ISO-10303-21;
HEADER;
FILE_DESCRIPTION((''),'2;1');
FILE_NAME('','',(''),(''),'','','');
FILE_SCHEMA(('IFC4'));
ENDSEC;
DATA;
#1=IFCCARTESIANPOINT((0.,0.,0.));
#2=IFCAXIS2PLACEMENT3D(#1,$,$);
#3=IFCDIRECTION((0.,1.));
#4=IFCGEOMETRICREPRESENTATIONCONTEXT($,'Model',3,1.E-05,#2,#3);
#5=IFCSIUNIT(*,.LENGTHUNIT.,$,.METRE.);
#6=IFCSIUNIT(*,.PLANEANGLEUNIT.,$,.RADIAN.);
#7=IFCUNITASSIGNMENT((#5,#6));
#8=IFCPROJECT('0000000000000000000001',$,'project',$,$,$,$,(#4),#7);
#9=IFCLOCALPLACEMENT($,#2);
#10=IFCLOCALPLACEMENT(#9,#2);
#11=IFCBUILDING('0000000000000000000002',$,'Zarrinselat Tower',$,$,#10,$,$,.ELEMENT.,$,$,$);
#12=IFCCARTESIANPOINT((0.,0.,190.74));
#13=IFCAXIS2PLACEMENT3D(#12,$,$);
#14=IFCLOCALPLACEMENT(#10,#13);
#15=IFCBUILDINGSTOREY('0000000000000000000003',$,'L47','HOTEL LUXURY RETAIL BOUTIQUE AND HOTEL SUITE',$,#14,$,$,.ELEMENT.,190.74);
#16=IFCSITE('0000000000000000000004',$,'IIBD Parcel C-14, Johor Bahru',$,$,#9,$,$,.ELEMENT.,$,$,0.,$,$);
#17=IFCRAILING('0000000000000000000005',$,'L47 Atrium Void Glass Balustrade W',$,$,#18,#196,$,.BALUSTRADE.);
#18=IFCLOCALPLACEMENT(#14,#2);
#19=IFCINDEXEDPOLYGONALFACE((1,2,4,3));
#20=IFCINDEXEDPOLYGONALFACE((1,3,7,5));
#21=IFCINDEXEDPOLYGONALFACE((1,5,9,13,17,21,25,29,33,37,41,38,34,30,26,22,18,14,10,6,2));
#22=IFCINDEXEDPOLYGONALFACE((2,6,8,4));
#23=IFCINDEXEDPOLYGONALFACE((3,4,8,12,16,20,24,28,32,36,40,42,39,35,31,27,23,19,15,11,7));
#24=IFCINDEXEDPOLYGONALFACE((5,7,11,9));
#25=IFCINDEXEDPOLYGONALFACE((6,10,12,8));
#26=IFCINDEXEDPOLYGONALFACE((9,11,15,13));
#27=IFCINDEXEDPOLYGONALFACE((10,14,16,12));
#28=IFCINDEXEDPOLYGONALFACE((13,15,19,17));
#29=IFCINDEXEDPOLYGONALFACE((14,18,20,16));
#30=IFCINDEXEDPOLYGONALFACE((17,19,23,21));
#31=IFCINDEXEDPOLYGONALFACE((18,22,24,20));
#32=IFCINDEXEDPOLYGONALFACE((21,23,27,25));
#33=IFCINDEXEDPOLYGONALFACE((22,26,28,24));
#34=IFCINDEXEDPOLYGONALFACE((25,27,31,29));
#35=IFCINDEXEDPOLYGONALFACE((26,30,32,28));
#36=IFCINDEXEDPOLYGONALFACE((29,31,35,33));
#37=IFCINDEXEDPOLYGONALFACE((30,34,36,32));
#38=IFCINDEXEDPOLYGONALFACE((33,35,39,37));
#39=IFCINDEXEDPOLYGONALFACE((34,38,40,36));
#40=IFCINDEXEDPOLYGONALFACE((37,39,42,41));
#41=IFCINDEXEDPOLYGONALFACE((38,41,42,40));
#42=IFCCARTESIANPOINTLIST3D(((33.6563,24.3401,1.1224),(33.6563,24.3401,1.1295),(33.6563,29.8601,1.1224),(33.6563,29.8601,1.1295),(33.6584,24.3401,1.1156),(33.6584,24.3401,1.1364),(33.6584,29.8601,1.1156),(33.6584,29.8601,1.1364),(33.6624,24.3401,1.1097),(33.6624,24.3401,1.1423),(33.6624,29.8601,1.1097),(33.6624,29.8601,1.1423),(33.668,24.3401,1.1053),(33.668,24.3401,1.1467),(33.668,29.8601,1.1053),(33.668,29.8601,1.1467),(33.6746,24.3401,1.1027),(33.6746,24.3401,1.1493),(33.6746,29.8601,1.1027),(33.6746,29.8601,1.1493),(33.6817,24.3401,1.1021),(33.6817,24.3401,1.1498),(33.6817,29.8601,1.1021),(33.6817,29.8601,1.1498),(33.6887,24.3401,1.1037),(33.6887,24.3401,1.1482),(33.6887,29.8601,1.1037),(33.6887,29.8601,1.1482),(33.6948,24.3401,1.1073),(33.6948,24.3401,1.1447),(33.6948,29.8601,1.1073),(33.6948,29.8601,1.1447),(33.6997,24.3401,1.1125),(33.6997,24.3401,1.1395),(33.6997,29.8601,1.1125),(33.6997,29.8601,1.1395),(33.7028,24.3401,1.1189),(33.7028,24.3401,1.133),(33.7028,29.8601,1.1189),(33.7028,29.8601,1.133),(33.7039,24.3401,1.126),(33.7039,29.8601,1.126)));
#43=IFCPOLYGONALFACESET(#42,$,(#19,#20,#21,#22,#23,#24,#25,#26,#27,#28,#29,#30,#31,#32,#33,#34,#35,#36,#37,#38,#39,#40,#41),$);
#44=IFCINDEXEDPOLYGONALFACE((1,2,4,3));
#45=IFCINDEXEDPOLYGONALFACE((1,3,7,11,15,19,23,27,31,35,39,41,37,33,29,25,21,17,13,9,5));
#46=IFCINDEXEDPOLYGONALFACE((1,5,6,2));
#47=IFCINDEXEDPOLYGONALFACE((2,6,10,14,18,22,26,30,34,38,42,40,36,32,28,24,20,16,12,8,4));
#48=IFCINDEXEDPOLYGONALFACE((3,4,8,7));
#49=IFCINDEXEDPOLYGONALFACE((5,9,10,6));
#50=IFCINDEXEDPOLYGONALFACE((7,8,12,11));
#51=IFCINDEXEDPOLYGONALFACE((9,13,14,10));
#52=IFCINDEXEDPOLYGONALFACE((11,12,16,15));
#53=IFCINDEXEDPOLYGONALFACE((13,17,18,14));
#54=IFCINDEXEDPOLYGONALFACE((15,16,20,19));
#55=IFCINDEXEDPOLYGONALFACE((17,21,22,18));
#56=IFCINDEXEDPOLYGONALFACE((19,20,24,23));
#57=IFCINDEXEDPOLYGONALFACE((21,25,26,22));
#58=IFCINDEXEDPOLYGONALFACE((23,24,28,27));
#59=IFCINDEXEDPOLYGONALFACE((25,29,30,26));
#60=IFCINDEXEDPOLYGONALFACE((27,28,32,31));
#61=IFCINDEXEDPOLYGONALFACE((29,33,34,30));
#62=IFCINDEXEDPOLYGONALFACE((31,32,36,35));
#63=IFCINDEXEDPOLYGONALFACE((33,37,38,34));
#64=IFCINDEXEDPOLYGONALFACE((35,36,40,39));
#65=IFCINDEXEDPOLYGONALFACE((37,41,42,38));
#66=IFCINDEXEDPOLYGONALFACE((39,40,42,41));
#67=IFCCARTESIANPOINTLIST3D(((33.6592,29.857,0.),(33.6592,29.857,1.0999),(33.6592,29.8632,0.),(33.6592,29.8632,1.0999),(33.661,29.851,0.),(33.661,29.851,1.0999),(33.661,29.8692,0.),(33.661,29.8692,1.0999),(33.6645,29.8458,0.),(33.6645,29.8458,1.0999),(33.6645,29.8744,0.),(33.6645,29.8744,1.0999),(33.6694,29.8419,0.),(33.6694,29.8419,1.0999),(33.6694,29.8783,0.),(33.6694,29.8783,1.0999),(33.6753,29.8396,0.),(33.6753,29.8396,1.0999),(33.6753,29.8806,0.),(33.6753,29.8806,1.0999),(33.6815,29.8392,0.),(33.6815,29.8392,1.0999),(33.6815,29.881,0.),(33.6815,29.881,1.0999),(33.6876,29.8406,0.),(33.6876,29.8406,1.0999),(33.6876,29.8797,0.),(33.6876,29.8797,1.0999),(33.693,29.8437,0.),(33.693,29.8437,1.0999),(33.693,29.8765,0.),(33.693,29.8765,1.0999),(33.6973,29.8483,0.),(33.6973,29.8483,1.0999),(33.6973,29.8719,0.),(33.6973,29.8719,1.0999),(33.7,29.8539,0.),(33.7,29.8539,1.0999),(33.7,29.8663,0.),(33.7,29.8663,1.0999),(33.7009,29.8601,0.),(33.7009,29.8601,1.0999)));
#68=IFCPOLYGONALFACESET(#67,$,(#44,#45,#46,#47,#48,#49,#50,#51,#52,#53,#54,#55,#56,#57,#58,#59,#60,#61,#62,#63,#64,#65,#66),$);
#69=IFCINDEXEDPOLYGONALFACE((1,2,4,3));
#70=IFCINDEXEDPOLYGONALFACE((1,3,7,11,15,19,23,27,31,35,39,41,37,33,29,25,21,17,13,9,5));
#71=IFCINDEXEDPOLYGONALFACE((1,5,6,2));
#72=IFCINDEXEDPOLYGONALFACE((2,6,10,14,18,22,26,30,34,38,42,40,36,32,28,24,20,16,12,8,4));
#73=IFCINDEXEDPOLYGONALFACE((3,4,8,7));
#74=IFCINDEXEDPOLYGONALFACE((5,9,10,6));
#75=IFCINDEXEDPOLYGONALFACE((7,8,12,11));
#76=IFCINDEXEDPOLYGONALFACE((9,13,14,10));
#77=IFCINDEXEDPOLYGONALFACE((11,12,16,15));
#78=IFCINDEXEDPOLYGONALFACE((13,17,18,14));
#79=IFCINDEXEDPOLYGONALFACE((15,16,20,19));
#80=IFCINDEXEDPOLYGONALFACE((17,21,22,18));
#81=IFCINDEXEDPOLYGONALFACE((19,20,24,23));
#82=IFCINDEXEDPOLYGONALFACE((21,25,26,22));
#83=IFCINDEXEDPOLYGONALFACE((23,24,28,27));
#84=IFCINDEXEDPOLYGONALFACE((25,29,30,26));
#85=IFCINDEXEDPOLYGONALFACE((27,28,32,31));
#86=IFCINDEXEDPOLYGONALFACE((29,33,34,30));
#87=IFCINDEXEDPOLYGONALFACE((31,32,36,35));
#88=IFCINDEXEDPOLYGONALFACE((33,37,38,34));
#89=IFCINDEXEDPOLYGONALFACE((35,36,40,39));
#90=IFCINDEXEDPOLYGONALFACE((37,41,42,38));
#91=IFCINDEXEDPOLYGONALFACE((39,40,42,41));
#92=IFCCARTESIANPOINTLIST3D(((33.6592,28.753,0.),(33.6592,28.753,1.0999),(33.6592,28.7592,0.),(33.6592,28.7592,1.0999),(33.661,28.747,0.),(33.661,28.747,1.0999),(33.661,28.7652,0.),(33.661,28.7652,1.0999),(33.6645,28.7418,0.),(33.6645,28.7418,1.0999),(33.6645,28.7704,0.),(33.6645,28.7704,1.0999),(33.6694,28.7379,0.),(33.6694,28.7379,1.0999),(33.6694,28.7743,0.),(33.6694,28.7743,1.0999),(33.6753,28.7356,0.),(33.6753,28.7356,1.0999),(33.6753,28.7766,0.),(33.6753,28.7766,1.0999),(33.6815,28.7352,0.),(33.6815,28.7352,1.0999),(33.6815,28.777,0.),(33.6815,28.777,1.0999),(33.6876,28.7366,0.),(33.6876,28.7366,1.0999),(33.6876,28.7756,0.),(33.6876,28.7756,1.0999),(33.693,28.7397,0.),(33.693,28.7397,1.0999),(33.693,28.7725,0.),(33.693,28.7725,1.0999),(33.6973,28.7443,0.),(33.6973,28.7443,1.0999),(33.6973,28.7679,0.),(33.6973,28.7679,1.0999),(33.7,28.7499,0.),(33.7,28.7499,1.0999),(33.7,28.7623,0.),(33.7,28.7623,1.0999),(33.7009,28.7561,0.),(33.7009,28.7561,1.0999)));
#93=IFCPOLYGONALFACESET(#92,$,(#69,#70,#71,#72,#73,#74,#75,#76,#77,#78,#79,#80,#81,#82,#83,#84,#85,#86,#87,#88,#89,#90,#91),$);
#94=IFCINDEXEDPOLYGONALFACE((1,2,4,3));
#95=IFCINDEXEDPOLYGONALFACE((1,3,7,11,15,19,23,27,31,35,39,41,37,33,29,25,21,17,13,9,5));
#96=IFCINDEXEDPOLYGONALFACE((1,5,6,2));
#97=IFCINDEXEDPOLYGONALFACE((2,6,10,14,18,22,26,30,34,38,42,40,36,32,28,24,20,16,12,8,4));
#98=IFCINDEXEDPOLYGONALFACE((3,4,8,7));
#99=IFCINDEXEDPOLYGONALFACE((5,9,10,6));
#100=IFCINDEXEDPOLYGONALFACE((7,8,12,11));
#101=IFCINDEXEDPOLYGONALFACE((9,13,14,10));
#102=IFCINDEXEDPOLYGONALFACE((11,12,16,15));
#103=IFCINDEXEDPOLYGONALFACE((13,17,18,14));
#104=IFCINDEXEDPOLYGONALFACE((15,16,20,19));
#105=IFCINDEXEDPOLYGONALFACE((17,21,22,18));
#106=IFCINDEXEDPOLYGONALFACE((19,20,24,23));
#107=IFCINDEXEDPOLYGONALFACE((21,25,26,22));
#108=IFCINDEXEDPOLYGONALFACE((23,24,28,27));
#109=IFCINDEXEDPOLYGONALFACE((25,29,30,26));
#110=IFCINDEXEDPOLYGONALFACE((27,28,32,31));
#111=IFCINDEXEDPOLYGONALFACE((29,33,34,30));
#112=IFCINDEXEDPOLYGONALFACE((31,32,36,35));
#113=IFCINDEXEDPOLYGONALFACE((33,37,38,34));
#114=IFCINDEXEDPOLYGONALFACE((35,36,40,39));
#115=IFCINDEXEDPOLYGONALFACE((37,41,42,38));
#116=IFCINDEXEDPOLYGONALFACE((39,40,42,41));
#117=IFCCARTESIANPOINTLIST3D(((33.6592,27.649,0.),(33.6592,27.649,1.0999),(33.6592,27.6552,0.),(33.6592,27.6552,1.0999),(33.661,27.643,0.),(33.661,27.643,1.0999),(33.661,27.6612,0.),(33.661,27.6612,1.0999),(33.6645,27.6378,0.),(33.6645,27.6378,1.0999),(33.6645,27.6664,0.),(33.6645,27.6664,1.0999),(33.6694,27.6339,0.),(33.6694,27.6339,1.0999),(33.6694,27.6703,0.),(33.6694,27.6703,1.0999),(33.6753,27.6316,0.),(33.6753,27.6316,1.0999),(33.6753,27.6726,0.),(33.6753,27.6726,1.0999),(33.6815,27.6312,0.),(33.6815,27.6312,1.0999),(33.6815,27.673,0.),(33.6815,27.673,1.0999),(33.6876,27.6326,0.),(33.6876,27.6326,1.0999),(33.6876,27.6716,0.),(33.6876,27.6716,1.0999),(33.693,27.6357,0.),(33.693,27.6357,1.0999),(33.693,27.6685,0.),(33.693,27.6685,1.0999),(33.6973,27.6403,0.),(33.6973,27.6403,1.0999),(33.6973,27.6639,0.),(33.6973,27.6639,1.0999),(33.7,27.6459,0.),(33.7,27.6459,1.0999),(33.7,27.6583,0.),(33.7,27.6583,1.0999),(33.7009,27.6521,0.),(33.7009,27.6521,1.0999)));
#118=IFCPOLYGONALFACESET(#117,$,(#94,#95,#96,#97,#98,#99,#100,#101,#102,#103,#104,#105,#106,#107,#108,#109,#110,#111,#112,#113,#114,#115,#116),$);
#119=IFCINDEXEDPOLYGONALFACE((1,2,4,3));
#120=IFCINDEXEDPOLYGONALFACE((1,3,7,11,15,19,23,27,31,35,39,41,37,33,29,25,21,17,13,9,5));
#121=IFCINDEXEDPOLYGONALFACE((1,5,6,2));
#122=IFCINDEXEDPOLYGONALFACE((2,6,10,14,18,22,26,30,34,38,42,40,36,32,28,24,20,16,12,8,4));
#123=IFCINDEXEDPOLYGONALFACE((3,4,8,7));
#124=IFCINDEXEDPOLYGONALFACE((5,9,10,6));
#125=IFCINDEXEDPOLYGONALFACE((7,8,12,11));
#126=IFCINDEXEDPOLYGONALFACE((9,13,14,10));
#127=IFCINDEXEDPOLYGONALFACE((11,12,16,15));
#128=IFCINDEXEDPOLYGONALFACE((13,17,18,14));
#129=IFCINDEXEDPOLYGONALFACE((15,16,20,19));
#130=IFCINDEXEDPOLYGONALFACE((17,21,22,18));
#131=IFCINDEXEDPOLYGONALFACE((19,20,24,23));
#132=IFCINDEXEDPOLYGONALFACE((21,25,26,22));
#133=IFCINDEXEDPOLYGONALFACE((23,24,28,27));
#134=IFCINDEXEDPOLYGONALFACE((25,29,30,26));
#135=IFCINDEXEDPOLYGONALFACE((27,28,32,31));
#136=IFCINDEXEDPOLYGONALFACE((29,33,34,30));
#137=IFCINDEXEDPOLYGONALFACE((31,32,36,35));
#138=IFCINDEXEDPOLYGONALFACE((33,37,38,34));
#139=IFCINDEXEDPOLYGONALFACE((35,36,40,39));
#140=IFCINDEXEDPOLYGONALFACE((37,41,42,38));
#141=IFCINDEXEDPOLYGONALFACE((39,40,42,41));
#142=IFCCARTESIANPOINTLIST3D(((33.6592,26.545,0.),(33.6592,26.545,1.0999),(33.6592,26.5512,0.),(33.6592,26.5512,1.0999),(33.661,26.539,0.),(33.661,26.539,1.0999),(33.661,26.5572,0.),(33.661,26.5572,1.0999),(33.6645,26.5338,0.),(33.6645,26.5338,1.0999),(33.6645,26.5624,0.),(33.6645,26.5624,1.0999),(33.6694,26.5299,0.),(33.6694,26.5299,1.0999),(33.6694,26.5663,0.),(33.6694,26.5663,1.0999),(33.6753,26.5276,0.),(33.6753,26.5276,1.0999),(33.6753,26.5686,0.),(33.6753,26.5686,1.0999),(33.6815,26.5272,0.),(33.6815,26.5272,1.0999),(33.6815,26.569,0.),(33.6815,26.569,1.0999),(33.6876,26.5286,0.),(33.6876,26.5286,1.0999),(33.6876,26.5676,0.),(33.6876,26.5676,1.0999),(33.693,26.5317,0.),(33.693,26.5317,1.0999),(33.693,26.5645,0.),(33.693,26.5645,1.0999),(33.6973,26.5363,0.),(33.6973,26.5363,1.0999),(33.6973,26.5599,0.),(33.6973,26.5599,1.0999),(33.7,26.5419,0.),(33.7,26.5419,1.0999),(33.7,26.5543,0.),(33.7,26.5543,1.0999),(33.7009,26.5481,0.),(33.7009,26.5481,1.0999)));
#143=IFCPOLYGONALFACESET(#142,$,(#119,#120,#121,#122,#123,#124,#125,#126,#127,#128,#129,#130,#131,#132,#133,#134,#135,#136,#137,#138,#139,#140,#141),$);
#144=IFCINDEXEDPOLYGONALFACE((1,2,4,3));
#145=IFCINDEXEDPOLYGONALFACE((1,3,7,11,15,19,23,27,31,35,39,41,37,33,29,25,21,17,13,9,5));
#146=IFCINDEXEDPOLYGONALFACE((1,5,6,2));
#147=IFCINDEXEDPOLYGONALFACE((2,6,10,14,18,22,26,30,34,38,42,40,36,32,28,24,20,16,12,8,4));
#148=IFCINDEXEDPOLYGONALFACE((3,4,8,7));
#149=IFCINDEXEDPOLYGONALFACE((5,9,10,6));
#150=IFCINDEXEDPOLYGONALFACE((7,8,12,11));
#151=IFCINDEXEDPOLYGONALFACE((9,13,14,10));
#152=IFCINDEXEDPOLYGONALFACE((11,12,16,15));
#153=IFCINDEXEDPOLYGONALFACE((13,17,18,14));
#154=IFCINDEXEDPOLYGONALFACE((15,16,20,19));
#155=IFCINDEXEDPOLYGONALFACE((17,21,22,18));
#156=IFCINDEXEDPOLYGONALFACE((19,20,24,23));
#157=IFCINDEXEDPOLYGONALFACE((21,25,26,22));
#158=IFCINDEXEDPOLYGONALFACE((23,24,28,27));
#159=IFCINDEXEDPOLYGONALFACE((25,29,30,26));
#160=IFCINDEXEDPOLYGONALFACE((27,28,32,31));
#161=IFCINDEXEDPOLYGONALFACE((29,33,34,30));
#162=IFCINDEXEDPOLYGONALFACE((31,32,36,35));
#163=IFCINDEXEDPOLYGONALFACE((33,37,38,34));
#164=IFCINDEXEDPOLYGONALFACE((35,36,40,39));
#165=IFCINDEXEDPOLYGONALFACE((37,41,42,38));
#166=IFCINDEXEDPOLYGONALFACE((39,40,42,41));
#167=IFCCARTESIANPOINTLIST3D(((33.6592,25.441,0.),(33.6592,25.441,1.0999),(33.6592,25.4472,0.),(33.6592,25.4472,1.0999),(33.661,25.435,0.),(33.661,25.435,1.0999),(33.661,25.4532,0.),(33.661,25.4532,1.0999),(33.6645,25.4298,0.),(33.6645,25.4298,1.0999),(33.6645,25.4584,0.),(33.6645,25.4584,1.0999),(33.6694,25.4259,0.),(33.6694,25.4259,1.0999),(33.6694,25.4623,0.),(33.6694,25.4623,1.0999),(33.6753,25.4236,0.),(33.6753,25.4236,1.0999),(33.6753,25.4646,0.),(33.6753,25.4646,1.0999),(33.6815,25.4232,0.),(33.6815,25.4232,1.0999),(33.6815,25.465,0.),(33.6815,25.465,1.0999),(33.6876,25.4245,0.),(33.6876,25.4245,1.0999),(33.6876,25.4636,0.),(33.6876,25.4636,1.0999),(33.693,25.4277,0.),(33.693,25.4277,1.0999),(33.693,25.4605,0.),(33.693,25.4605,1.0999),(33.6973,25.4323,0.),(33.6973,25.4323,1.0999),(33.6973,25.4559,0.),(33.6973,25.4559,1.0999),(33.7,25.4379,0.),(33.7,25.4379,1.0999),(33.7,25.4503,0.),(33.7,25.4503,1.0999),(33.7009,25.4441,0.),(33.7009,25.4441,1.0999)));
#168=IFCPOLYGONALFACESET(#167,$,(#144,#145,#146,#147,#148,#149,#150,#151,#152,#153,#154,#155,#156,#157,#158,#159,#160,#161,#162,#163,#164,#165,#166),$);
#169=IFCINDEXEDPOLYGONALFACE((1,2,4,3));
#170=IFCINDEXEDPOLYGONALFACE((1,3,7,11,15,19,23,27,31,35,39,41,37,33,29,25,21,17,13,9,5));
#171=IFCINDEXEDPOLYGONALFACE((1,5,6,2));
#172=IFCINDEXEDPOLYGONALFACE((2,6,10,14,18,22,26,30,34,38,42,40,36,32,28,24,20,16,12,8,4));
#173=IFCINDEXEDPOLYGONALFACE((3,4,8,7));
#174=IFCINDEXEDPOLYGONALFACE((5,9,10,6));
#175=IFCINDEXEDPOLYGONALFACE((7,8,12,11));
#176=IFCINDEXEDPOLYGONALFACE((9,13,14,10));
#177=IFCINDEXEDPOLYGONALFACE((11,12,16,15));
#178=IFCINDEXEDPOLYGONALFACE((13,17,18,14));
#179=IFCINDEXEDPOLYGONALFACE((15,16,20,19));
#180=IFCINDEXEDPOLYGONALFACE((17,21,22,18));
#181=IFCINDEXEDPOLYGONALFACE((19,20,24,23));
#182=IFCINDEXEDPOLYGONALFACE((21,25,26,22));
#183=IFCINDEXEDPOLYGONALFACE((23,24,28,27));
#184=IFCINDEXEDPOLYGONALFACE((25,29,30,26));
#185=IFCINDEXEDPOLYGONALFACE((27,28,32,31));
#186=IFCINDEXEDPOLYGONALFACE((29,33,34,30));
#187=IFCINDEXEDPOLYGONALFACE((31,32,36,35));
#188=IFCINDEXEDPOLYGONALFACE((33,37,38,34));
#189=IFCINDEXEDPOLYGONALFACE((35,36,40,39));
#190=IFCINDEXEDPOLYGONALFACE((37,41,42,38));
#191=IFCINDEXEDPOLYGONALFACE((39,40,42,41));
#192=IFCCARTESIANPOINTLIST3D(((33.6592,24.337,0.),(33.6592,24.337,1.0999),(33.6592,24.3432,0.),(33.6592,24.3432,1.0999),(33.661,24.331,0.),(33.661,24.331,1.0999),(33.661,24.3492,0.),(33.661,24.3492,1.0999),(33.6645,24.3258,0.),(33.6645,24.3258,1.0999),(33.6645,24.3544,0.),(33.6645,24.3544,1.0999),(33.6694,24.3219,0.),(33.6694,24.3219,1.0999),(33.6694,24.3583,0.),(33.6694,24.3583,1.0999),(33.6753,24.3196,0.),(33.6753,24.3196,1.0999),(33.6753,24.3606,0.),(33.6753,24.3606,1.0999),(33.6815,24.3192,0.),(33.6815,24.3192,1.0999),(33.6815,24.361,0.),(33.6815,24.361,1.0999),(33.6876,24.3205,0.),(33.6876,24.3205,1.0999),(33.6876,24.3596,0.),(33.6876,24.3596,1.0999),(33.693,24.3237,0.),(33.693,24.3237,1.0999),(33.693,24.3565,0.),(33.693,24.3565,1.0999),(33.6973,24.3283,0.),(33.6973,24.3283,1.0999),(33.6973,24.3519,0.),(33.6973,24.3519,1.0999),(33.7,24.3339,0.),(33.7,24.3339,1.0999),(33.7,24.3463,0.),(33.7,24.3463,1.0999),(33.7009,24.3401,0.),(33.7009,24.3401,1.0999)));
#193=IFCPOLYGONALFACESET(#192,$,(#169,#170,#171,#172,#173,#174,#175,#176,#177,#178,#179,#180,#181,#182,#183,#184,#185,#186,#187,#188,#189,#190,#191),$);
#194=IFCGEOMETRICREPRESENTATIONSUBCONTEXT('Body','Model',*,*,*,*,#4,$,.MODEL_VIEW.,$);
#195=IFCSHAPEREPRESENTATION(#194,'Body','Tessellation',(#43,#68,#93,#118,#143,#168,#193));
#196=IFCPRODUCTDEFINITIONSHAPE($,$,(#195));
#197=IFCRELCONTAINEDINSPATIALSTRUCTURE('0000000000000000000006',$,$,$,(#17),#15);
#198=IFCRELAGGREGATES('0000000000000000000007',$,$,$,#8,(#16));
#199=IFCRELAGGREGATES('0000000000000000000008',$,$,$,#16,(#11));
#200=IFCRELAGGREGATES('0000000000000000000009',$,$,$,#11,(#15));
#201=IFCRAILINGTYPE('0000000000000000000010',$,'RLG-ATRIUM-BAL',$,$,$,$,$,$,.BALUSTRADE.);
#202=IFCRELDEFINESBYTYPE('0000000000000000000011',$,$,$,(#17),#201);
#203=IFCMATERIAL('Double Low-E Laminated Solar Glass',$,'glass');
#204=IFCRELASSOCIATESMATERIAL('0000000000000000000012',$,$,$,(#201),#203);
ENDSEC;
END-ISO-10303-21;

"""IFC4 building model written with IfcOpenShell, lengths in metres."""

from ifc_helpers import new_model, si_unit, direction, frame, origin, origin_2d, place, context, subcontext, project, spatial, circle, extrude, material, type_object, element, save


model = new_model("IFC4")

# Units and contexts
model_context = context("Model", 3, precision=1e-05, world=origin(), true_north=direction((0.0, 1.0)))
body_context = subcontext(model_context, "Body", "Model", "MODEL_VIEW")
ifc_project = project(units=[si_unit("LENGTHUNIT", "METRE"), si_unit("PLANEANGLEUNIT", "RADIAN")], contexts=[model_context])

# Site, building, storey
site_placement = place(None, origin())
site = spatial("IfcSite", under=ifc_project, at=site_placement, Name="IIBD Parcel C-14, Johor Bahru", CompositionType="ELEMENT", RefElevation=0.0)
building_placement = place(site_placement, origin())
building = spatial("IfcBuilding", under=site, at=building_placement, Name="Zarrinselat Tower", CompositionType="ELEMENT")
storey_placement = place(building_placement, frame((0.0, 0.0, 190.74)))
storey = spatial("IfcBuildingStorey", under=building, at=storey_placement, Name="L47", Description="HOTEL LUXURY RETAIL BOUTIQUE AND HOTEL SUITE", CompositionType="ELEMENT", Elevation=190.74)

# Railing
ifc_material_1 = material(Name="Double Low-E Laminated Solar Glass", Category="glass")
railing_type = type_object("IfcRailingType", Name="RLG-ATRIUM-BAL", PredefinedType="BALUSTRADE", material=ifc_material_1)
railing_placement = place(storey_placement, frame((33.6799, 29.8601, 0.0)))
element("IfcRailing", 1, at=railing_placement, inside=storey, type_object=railing_type, Name="L47 Atrium Void Glass Balustrade W", PredefinedType="BALUSTRADE", context=body_context, shape_type="SweptSolid", body=[
    extrude(circle(Radius=0.0239, at=origin_2d()), frame((0.0, 0.0, 1.126), z_axis=(0.0, -1.0, 0.0), x_axis=(1.0, 0.0, 0.0)), (0.0, 0.0, 1.0), 5.52),
    extrude(circle(Radius=0.021, at=origin_2d()), origin(), (0.0, 0.0, 1.0), 1.0999),
    extrude(circle(Radius=0.021, at=origin_2d()), frame((0.0, -1.104, 0.0)), (0.0, 0.0, 1.0), 1.0999),
    extrude(circle(Radius=0.021, at=origin_2d()), frame((0.0, -2.208, 0.0)), (0.0, 0.0, 1.0), 1.0999),
    extrude(circle(Radius=0.021, at=origin_2d()), frame((0.0, -3.312, 0.0)), (0.0, 0.0, 1.0), 1.0999),
    extrude(circle(Radius=0.021, at=origin_2d()), frame((0.0, -4.416, 0.0)), (0.0, 0.0, 1.0), 1.0999),
    extrude(circle(Radius=0.021, at=origin_2d()), frame((0.0, -5.52, 0.0)), (0.0, 0.0, 1.0), 1.0999),
])

save(model, "model.ifc")
